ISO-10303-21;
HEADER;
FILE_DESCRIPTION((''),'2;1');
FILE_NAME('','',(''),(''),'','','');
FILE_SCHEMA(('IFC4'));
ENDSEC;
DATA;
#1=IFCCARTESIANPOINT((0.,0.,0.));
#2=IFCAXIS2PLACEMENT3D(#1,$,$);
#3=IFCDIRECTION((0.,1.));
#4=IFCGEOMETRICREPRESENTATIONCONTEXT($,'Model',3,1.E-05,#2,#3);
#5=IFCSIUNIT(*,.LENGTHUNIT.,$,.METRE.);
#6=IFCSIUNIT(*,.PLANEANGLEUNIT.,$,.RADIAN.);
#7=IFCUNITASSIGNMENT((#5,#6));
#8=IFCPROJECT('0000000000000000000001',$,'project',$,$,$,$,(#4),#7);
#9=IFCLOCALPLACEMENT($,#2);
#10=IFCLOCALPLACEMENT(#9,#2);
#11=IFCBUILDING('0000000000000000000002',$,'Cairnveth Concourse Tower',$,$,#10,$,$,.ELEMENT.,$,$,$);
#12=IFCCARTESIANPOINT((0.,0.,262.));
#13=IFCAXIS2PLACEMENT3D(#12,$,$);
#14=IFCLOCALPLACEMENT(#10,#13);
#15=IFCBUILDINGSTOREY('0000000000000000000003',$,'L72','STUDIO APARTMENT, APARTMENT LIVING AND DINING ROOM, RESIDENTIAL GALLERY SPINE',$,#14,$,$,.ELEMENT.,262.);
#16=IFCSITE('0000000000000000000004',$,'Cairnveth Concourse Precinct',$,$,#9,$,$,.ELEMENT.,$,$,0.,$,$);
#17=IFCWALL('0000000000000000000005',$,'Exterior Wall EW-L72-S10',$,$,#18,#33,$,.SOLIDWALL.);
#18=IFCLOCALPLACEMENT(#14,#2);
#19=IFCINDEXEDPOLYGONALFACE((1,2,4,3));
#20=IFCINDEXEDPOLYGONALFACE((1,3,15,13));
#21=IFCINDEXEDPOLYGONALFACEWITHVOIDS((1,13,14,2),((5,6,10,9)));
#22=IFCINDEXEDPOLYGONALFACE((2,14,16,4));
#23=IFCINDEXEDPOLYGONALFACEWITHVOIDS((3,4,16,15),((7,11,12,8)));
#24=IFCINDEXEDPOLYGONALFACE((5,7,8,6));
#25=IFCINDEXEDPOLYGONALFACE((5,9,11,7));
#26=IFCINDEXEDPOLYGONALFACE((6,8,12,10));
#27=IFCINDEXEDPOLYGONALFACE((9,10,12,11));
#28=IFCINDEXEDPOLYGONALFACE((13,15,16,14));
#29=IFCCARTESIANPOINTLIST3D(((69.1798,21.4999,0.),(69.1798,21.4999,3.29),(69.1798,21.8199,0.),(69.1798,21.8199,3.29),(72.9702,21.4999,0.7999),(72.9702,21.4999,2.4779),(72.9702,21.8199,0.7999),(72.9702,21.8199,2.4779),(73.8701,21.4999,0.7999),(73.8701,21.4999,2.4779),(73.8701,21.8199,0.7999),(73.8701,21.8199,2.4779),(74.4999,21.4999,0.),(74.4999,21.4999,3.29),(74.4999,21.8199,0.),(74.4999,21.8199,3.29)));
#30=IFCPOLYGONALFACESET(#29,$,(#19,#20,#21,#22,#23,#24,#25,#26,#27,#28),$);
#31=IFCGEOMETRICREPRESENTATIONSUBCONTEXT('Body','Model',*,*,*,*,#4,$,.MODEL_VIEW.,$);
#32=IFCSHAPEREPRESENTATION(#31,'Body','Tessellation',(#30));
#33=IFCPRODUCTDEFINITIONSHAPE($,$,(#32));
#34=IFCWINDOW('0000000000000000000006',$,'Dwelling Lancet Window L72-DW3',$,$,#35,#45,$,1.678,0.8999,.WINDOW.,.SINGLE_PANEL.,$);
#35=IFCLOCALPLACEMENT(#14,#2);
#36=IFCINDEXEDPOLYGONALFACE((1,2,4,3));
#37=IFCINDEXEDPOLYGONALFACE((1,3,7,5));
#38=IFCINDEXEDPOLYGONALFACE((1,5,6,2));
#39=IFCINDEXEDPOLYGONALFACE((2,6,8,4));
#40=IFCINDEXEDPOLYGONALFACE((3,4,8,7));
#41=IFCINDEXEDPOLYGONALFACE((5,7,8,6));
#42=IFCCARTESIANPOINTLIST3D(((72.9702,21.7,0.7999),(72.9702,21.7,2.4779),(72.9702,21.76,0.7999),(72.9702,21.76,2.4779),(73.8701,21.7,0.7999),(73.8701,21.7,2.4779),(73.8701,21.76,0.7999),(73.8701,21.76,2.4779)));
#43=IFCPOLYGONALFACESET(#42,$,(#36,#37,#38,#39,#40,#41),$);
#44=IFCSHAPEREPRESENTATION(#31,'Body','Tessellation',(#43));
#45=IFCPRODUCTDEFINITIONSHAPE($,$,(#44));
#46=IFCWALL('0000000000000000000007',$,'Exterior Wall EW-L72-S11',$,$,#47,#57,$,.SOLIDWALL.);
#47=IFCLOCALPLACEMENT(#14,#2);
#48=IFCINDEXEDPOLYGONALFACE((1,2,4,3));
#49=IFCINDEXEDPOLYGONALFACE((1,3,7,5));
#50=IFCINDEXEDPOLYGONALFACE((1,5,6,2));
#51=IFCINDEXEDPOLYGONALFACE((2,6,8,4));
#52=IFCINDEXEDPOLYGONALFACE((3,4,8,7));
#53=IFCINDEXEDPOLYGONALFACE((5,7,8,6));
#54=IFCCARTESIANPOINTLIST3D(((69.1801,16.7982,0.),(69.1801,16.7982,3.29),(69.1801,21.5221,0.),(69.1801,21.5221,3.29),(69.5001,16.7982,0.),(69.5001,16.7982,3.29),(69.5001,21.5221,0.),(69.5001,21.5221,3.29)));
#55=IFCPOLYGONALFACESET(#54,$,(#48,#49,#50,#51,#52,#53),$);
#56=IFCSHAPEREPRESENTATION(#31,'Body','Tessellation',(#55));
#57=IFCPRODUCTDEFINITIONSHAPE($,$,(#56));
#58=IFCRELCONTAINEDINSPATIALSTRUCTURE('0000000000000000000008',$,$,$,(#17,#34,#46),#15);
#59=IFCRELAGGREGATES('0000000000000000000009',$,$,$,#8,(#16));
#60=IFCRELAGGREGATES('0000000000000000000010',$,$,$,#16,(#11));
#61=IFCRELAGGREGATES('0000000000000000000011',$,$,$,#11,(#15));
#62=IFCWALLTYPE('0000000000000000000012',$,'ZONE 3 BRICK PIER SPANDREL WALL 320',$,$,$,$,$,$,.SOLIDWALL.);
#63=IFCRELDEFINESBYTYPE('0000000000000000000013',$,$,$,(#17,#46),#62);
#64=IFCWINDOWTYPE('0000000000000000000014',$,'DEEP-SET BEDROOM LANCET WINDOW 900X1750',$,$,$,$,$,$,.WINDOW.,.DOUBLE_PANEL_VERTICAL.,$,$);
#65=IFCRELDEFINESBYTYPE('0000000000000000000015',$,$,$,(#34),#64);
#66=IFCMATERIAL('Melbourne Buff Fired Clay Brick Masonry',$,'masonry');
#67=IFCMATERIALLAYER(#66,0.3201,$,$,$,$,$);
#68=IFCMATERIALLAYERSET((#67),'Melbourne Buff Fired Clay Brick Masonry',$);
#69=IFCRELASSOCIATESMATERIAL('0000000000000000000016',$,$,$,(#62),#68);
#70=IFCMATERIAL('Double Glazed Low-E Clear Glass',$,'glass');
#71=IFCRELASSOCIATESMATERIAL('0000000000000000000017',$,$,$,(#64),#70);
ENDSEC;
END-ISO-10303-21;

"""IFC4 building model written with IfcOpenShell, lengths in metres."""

from ifc_helpers import new_model, si_unit, direction, frame, frame_2d, origin, place, context, subcontext, project, spatial, rectangle, extrude, material, layer, layer_set, type_object, element, fill, save


model = new_model("IFC4")

# Units and contexts
model_context = context("Model", 3, precision=1e-05, world=origin(), true_north=direction((0.0, 1.0)))
body_context = subcontext(model_context, "Body", "Model", "MODEL_VIEW")
ifc_project = project(units=[si_unit("LENGTHUNIT", "METRE"), si_unit("PLANEANGLEUNIT", "RADIAN")], contexts=[model_context])

# Site, building, storey
site_placement = place(None, origin())
site = spatial("IfcSite", under=ifc_project, at=site_placement, Name="Cairnveth Concourse Precinct", CompositionType="ELEMENT", RefElevation=0.0)
building_placement = place(site_placement, origin())
building = spatial("IfcBuilding", under=site, at=building_placement, Name="Cairnveth Concourse Tower", CompositionType="ELEMENT")
storey_placement = place(building_placement, frame((0.0, 0.0, 262.0)))
storey = spatial("IfcBuildingStorey", under=building, at=storey_placement, Name="L72", Description="STUDIO APARTMENT, APARTMENT LIVING AND DINING ROOM, RESIDENTIAL GALLERY SPINE", CompositionType="ELEMENT", Elevation=262.0)

# Wall, opening, window
ifc_material_1 = material(Name="Melbourne Buff Fired Clay Brick Masonry", Category="masonry")
ifc_layer_1 = layer(ifc_material_1, 0.3201)
ifc_layer_set_1 = layer_set([ifc_layer_1], Name="Melbourne Buff Fired Clay Brick Masonry")
wall_type_1 = type_object("IfcWallType", Name="ZONE 3 BRICK PIER SPANDREL WALL 320", PredefinedType="SOLIDWALL", material=ifc_layer_set_1)
wall_1_placement = place(storey_placement, frame((74.5, 21.6599, 0.0), z_axis=(0.0, 0.0, 1.0), x_axis=(-1.0, 0.0, 0.0)))
wall_1 = element("IfcWall", 1, at=wall_1_placement, inside=storey, type_object=wall_type_1, Name="Exterior Wall EW-L72-S10", PredefinedType="SOLIDWALL", context=body_context, shape_type="SweptSolid", body=[
    extrude(rectangle(XDim=5.3201, YDim=0.3201, at=frame_2d((2.6602, 0.0))), origin(), (0.0, 0.0, 1.0), 3.29),
])
opening_1_placement = place(wall_1_placement, frame((0.6299, 0.0, 0.8)))
opening_1 = element("IfcOpeningElement", 2, at=opening_1_placement, cuts=wall_1, PredefinedType="OPENING", context=body_context, shape_type="SweptSolid", body=[
    extrude(rectangle(XDim=0.8999, YDim=1.678, at=frame_2d((0.45, 0.8389))), frame((0.0, 0.1699, 0.0), z_axis=(0.0, -1.0, 0.0), x_axis=(1.0, 0.0, 0.0)), (0.0, 0.0, 1.0), 0.3401),
])
ifc_material_2 = material(Name="Double Glazed Low-E Clear Glass", Category="glass")
window_type_1 = type_object("IfcWindowType", Name="DEEP-SET BEDROOM LANCET WINDOW 900X1750", PartitioningType="DOUBLE_PANEL_VERTICAL", PredefinedType="WINDOW", material=ifc_material_2)
window_1_placement = place(opening_1_placement, origin())
window_1 = element("IfcWindow", 3, at=window_1_placement, inside=storey, type_object=window_type_1, Name="Dwelling Lancet Window L72-DW3", OverallHeight=1.678, OverallWidth=0.8999, PartitioningType="SINGLE_PANEL", PredefinedType="WINDOW", context=body_context, shape_type="SweptSolid", body=[
    extrude(rectangle(XDim=0.8999, YDim=1.678, at=frame_2d((0.45, 0.8389))), frame((0.0, -0.04, 0.0), z_axis=(0.0, -1.0, 0.0), x_axis=(1.0, 0.0, 0.0)), (0.0, 0.0, 1.0), 0.0601),
])
fill(opening_1, window_1)

# Wall
wall_2_placement = place(storey_placement, frame((69.3401, 21.522, 0.0), z_axis=(0.0, 0.0, 1.0), x_axis=(0.0, -1.0, 0.0)))
element("IfcWall", 4, at=wall_2_placement, inside=storey, type_object=wall_type_1, Name="Exterior Wall EW-L72-S11", PredefinedType="SOLIDWALL", context=body_context, shape_type="SweptSolid", body=[
    extrude(rectangle(XDim=4.7239, YDim=0.3201, at=frame_2d((2.3618, 0.0))), origin(), (0.0, 0.0, 1.0), 3.29),
])

save(model, "model.ifc")
